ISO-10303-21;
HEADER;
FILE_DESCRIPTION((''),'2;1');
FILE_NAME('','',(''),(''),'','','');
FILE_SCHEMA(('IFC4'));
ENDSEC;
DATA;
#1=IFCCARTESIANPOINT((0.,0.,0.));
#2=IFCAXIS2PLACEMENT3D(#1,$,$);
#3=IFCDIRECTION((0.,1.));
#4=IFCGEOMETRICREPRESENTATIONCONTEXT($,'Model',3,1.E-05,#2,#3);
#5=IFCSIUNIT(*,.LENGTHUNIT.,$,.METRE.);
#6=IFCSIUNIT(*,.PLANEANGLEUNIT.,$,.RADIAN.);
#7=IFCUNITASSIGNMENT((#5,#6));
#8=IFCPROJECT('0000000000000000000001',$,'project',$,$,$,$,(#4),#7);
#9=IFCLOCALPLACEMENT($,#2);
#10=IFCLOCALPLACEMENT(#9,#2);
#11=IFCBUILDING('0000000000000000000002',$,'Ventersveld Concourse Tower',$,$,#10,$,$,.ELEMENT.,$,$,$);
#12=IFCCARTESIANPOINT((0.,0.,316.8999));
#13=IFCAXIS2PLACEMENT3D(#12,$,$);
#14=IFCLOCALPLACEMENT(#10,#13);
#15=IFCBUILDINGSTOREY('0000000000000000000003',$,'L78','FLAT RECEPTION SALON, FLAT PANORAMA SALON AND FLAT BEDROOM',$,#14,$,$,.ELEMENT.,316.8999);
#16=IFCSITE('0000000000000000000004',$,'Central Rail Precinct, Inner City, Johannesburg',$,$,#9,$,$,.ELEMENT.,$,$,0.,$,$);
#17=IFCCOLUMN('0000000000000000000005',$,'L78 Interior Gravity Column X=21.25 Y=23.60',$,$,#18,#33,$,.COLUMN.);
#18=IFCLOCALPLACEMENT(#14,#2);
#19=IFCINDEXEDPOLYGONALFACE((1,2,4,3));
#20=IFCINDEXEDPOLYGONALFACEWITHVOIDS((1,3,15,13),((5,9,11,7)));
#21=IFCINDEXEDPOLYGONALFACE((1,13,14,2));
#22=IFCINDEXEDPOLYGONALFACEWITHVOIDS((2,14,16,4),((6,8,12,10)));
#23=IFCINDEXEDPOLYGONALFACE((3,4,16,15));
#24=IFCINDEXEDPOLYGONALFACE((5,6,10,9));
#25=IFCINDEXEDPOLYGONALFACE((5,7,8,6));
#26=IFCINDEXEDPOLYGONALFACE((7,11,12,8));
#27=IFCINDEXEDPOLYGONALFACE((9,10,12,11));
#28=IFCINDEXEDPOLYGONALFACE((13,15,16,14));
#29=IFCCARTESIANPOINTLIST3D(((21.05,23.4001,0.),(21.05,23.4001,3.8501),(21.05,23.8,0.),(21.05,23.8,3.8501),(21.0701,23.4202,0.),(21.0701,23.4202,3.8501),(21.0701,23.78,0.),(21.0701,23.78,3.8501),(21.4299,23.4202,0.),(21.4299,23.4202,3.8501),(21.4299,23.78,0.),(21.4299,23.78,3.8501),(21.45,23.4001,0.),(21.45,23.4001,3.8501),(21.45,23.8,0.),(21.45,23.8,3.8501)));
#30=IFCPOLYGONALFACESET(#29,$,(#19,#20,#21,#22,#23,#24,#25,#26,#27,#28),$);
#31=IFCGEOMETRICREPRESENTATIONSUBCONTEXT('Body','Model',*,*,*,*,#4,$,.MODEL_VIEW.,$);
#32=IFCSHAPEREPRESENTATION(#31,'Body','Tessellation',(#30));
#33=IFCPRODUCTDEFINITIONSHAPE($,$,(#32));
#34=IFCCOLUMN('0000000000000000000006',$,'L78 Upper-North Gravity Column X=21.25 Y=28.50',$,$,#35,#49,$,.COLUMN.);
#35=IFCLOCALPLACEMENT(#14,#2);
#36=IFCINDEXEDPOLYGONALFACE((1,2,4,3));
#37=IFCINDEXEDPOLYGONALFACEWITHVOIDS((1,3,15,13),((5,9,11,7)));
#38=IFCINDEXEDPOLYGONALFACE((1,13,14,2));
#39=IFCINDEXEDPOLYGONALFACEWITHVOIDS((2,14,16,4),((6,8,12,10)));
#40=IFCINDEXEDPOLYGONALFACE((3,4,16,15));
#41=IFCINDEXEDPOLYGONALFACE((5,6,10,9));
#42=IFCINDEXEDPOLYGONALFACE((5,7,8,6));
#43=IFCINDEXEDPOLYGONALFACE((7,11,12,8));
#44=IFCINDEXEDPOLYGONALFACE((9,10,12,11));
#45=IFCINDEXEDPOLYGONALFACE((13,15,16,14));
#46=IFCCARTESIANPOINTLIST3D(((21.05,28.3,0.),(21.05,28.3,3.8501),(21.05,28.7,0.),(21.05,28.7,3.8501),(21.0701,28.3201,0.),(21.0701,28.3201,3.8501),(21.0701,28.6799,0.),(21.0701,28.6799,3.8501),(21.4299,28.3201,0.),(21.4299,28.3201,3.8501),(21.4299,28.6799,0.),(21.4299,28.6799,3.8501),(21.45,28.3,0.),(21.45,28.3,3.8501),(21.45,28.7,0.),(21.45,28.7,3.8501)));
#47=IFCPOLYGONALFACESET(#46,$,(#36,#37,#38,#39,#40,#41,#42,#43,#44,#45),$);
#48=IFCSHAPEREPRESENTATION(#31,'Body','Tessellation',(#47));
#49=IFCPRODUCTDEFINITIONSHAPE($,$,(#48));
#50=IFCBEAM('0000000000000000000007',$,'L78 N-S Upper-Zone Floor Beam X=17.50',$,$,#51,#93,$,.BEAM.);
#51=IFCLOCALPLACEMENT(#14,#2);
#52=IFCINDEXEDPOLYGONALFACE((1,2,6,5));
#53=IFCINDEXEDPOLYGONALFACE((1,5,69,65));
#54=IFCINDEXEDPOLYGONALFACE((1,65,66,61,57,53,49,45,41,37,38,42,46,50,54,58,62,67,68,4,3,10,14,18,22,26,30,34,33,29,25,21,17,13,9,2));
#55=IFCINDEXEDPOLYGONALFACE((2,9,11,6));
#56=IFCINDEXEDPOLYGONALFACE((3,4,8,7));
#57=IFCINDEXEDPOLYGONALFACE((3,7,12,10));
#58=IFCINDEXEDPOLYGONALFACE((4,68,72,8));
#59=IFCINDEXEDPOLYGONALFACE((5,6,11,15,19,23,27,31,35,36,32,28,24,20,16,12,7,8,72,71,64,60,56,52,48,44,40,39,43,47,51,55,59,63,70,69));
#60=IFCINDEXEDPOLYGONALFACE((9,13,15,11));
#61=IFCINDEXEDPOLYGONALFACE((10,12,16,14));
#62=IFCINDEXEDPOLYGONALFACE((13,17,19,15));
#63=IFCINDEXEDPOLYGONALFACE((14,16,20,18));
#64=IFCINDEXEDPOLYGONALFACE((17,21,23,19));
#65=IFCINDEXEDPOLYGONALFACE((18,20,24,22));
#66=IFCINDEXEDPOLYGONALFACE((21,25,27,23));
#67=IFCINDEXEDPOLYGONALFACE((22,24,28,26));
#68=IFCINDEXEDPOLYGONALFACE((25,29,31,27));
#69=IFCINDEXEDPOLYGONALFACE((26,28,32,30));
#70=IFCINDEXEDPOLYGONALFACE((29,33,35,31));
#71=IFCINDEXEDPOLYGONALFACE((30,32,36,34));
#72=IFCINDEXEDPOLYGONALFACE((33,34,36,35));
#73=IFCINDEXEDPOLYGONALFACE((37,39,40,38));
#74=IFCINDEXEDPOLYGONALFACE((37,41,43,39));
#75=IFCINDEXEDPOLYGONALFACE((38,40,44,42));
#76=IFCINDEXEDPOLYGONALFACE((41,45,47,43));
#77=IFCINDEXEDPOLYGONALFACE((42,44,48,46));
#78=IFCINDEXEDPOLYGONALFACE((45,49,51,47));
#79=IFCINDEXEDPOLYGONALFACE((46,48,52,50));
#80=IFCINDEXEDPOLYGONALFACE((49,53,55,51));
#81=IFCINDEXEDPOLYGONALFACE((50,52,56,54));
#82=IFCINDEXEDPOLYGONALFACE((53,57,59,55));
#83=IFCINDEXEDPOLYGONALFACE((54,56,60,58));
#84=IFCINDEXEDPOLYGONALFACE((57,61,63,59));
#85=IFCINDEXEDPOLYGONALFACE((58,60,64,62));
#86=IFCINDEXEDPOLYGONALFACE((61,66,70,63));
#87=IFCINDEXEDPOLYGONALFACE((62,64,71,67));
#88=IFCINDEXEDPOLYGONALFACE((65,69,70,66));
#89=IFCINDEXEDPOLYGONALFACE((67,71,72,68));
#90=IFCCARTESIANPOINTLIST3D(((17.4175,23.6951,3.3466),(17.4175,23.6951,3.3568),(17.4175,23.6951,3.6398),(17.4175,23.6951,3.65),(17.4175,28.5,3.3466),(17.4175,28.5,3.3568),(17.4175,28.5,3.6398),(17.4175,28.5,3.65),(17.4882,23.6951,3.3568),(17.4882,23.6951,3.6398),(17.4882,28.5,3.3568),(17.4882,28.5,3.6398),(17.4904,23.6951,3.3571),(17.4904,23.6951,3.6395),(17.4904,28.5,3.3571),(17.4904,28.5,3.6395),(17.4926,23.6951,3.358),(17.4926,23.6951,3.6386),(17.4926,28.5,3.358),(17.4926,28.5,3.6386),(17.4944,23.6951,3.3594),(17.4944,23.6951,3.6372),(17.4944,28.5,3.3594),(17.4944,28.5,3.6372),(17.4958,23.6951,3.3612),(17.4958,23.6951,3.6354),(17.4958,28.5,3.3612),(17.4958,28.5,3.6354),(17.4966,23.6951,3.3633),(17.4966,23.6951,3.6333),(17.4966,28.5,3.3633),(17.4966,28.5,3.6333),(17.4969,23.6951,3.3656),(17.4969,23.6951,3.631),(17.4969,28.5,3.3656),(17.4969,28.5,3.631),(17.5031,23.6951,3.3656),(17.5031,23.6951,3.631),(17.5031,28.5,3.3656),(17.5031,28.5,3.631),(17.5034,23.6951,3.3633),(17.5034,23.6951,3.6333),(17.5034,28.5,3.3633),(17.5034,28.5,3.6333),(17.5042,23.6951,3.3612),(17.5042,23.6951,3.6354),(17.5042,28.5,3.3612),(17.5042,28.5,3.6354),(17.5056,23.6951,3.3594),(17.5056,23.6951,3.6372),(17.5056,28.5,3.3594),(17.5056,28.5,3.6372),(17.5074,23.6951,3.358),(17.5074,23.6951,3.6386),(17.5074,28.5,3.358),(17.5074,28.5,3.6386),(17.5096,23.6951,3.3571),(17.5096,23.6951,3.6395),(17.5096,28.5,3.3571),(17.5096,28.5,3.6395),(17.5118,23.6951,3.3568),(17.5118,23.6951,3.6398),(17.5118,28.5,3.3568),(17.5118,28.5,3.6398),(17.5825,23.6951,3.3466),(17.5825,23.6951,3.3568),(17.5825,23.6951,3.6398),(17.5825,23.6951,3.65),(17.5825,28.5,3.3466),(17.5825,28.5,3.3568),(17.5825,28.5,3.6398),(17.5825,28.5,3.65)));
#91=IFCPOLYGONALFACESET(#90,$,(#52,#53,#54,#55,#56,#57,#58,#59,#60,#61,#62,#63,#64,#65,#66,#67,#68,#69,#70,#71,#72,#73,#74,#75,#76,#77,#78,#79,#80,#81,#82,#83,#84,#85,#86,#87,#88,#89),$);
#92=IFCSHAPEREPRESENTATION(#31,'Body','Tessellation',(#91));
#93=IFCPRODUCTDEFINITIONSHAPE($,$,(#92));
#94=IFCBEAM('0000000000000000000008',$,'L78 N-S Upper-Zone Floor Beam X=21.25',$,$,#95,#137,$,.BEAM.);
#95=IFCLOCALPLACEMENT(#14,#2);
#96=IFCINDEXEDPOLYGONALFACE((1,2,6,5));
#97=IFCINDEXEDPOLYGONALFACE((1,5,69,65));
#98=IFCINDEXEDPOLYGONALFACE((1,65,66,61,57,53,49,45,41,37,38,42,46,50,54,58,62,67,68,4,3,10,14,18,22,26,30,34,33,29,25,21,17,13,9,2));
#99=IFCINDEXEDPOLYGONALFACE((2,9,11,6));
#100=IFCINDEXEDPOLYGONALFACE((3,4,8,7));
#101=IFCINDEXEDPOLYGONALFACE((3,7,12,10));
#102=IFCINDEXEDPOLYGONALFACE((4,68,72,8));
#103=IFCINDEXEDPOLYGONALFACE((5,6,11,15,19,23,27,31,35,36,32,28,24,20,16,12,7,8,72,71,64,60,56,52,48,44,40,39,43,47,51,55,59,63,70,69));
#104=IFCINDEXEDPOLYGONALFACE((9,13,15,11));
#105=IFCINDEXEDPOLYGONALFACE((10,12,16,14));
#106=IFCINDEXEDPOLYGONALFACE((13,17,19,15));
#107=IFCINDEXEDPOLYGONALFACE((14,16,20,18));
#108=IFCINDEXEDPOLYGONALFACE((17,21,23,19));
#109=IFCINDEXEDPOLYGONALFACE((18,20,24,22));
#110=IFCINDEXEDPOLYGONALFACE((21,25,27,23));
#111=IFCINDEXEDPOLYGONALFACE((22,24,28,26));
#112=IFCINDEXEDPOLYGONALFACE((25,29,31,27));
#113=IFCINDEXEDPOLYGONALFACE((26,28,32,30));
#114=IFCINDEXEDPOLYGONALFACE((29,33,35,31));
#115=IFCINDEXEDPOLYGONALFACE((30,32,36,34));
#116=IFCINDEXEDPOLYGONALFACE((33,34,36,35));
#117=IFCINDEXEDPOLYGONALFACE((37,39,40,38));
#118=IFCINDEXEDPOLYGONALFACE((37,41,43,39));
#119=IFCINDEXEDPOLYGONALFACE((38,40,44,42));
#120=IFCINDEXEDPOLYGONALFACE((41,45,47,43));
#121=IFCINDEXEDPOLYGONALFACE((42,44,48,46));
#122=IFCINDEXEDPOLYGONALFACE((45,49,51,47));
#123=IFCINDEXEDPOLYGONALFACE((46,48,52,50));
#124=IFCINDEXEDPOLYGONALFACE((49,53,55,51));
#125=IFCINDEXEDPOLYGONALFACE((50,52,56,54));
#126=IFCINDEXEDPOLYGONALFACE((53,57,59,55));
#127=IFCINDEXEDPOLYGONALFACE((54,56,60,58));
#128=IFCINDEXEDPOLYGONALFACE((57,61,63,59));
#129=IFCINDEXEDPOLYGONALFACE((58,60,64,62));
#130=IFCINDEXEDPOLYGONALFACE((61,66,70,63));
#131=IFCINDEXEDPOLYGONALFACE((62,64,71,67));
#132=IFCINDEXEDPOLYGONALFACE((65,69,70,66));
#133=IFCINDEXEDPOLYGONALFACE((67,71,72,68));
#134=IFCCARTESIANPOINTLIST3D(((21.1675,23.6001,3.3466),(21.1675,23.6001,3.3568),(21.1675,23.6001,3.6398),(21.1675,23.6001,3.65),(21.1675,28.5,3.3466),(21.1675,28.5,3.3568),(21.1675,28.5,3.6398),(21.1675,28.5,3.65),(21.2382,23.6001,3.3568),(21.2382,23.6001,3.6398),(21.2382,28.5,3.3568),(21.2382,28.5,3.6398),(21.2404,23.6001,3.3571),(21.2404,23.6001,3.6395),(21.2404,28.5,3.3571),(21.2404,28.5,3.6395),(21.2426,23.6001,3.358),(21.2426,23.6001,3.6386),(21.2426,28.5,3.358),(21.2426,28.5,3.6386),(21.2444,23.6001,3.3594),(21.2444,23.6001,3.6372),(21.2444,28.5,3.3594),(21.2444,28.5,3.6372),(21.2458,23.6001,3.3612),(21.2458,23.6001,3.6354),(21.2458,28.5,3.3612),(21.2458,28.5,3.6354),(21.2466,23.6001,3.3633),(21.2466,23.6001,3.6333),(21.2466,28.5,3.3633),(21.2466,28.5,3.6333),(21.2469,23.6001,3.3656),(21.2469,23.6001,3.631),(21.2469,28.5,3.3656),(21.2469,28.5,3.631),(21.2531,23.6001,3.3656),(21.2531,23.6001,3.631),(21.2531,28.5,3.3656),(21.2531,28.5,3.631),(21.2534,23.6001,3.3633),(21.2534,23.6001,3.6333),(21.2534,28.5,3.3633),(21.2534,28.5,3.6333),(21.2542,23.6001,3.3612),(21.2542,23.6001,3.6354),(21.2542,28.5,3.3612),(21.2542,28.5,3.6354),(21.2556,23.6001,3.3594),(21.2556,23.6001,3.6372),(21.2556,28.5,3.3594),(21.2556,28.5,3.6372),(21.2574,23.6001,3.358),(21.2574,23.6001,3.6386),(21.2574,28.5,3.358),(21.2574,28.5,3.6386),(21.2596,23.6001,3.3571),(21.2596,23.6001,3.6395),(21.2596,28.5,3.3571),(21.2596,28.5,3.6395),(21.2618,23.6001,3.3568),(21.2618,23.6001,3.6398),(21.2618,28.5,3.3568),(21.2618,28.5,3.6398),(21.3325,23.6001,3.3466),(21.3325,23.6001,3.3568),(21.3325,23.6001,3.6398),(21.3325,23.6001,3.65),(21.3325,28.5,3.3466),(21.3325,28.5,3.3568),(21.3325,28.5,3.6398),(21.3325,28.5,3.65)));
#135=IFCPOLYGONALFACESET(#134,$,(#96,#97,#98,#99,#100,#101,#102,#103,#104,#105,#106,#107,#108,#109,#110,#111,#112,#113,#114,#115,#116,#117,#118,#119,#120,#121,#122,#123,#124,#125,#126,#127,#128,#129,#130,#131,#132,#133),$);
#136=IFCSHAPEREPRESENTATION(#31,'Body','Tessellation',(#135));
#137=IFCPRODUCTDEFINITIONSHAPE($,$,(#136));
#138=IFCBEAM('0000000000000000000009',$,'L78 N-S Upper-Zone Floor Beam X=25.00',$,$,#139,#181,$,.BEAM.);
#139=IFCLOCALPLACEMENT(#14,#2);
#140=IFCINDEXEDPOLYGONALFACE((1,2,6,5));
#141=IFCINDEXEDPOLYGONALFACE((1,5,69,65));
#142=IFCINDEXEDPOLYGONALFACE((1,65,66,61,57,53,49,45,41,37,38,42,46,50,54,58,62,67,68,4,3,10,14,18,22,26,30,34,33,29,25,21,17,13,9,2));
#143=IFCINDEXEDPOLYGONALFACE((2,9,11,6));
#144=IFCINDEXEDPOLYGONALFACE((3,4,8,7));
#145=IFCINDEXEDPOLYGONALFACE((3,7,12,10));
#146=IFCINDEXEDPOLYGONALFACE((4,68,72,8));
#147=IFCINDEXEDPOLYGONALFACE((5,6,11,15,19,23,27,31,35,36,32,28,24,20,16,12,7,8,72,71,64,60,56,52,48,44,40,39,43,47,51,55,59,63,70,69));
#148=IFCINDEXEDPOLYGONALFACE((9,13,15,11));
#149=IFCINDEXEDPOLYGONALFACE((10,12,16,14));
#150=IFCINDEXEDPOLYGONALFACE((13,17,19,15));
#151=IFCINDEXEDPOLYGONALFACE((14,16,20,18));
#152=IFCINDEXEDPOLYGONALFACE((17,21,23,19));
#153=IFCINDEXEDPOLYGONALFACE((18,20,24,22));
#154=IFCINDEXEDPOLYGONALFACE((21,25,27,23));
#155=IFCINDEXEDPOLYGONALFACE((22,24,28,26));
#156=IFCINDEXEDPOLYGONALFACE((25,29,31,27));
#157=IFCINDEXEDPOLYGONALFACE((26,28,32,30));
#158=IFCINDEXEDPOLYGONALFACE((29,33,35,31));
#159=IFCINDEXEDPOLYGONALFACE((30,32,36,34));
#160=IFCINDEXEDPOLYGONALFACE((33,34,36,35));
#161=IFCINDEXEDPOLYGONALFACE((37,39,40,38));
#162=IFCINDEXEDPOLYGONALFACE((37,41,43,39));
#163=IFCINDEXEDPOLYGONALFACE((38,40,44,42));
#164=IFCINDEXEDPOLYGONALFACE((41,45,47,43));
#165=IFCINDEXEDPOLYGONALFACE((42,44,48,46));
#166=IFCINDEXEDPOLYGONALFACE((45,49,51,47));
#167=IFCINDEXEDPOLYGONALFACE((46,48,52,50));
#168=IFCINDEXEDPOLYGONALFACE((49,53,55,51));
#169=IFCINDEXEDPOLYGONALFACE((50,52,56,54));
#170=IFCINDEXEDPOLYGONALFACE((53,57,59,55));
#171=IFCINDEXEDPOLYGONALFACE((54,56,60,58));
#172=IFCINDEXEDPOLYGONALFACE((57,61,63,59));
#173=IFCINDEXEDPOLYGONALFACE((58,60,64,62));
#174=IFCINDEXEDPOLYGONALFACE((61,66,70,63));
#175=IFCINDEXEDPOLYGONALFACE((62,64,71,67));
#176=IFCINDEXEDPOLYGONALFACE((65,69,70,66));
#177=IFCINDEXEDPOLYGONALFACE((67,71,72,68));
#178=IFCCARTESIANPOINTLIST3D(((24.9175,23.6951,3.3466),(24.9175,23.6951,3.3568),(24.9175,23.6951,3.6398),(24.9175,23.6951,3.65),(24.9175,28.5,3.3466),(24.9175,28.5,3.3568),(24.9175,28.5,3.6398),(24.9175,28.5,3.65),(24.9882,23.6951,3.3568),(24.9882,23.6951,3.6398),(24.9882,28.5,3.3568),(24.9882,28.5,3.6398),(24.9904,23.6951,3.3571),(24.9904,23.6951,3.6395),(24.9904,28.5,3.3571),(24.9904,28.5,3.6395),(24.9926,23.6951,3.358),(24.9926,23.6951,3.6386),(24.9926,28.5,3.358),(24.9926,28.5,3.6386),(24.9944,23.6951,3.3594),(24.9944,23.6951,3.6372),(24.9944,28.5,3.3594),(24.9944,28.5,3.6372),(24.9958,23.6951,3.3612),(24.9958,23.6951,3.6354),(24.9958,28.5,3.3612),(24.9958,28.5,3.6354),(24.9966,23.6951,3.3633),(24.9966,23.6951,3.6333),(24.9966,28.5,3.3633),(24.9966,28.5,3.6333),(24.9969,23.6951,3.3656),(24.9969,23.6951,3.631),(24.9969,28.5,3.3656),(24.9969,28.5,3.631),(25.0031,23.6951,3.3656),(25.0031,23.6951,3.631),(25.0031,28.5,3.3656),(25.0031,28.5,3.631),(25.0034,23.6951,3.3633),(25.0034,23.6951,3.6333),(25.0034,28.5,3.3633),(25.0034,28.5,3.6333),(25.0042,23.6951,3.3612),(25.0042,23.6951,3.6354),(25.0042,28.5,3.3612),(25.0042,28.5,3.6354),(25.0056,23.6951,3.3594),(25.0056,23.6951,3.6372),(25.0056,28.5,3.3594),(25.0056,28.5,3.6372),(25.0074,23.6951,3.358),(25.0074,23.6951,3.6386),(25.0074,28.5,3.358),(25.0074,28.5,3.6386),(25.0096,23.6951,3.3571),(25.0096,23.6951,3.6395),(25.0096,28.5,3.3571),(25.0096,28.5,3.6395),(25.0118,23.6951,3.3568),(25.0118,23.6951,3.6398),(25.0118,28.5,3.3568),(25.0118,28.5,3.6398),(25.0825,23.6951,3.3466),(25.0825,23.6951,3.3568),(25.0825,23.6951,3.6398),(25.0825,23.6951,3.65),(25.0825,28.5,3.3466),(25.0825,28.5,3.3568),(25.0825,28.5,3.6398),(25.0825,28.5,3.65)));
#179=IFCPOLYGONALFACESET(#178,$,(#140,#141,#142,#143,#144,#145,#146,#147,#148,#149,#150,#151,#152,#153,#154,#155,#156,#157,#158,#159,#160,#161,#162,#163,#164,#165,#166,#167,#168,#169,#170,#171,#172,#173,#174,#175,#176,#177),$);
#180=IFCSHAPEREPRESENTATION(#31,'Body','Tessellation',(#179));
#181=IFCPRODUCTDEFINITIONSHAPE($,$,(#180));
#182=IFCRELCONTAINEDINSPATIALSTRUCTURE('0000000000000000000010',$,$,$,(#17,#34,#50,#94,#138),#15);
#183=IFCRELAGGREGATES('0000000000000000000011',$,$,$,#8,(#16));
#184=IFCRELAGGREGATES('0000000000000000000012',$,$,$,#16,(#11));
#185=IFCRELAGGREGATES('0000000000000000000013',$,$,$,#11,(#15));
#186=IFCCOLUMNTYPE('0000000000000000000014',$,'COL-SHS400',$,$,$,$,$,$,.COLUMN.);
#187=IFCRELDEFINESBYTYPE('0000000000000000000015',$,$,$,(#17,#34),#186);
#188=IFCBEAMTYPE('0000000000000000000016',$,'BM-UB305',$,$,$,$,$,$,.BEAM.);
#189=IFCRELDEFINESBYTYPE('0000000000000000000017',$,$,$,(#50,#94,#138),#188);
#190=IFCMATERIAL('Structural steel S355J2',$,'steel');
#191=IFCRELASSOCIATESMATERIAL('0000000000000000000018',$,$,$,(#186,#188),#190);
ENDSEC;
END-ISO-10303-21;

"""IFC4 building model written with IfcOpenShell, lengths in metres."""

from ifc_helpers import new_model, si_unit, direction, frame, origin, origin_2d, place, context, subcontext, project, spatial, hollow_rectangle, i_section, extrude, material, material_profile, profile_set, type_object, element, save


model = new_model("IFC4")

# Units and contexts
model_context = context("Model", 3, precision=1e-05, world=origin(), true_north=direction((0.0, 1.0)))
body_context = subcontext(model_context, "Body", "Model", "MODEL_VIEW")
ifc_project = project(units=[si_unit("LENGTHUNIT", "METRE"), si_unit("PLANEANGLEUNIT", "RADIAN")], contexts=[model_context])

# Site, building, storey
site_placement = place(None, origin())
site = spatial("IfcSite", under=ifc_project, at=site_placement, Name="Central Rail Precinct, Inner City, Johannesburg", CompositionType="ELEMENT", RefElevation=0.0)
building_placement = place(site_placement, origin())
building = spatial("IfcBuilding", under=site, at=building_placement, Name="Ventersveld Concourse Tower", CompositionType="ELEMENT")
storey_placement = place(building_placement, frame((0.0, 0.0, 316.8999)))
storey = spatial("IfcBuildingStorey", under=building, at=storey_placement, Name="L78", Description="FLAT RECEPTION SALON, FLAT PANORAMA SALON AND FLAT BEDROOM", CompositionType="ELEMENT", Elevation=316.8999)

# Columns
ifc_material_1 = material(Name="Structural steel S355J2", Category="steel")
ifc_material_profile_1 = material_profile(ifc_material_1, hollow_rectangle(XDim=0.3999, YDim=0.3999, WallThickness=0.02, at=origin_2d()), Name="SHS 400x400x20")
ifc_profile_set_1 = profile_set([ifc_material_profile_1], Name="Structural steel S355J2")
column_type = type_object("IfcColumnType", Name="COL-SHS400", PredefinedType="COLUMN", material=ifc_profile_set_1)
for number, where, z_axis, x_axis, name in (
    (1, (21.25, 23.6001, 0.0), (0.0, 0.0, 1.0), (1.0, 0.0, 0.0), "L78 Interior Gravity Column X=21.25 Y=23.60"),
    (2, (21.25, 28.5, 0.0), (0.0, 0.0, 1.0), (1.0, 0.0, 0.0), "L78 Upper-North Gravity Column X=21.25 Y=28.50"),
):
    element("IfcColumn", number, at=place(storey_placement, frame(where, z_axis=z_axis, x_axis=x_axis)), inside=storey, type_object=column_type, Name=name, PredefinedType="COLUMN", context=body_context, shape_type="SweptSolid", body=[
        extrude(hollow_rectangle(XDim=0.3999, YDim=0.3999, WallThickness=0.02, at=origin_2d()), origin(), (0.0, 0.0, 1.0), 3.8501),
    ])

# Beams
ifc_material_profile_2 = material_profile(ifc_material_1, i_section(OverallWidth=0.165, OverallDepth=0.3035, WebThickness=0.0061, FlangeThickness=0.0103, FilletRadius=0.0088, at=origin_2d()), Name="UB 305x165x40")
ifc_profile_set_2 = profile_set([ifc_material_profile_2], Name="Structural steel S355J2")
beam_type_1 = type_object("IfcBeamType", Name="BM-UB305", PredefinedType="BEAM", material=ifc_profile_set_2)
beam_1_placement = place(storey_placement, frame((17.5, 23.6951, 3.4983), z_axis=(0.0, 1.0, 0.0), x_axis=(-1.0, 0.0, 0.0)))
element("IfcBeam", 3, at=beam_1_placement, inside=storey, type_object=beam_type_1, Name="L78 N-S Upper-Zone Floor Beam X=17.50", PredefinedType="BEAM", context=body_context, shape_type="SweptSolid", body=[
    extrude(i_section(OverallWidth=0.165, OverallDepth=0.3035, WebThickness=0.0061, FlangeThickness=0.0103, FilletRadius=0.0088, at=origin_2d()), origin(), (0.0, 0.0, 1.0), 4.8049),
])
beam_2_placement = place(storey_placement, frame((21.25, 23.6001, 3.4983), z_axis=(0.0, 1.0, 0.0), x_axis=(-1.0, 0.0, 0.0)))
element("IfcBeam", 4, at=beam_2_placement, inside=storey, type_object=beam_type_1, Name="L78 N-S Upper-Zone Floor Beam X=21.25", PredefinedType="BEAM", context=body_context, shape_type="SweptSolid", body=[
    extrude(i_section(OverallWidth=0.165, OverallDepth=0.3035, WebThickness=0.0061, FlangeThickness=0.0103, FilletRadius=0.0088, at=origin_2d()), origin(), (0.0, 0.0, 1.0), 4.8999),
])
beam_3_placement = place(storey_placement, frame((25.0, 23.6951, 3.4983), z_axis=(0.0, 1.0, 0.0), x_axis=(-1.0, 0.0, 0.0)))
element("IfcBeam", 5, at=beam_3_placement, inside=storey, type_object=beam_type_1, Name="L78 N-S Upper-Zone Floor Beam X=25.00", PredefinedType="BEAM", context=body_context, shape_type="SweptSolid", body=[
    extrude(i_section(OverallWidth=0.165, OverallDepth=0.3035, WebThickness=0.0061, FlangeThickness=0.0103, FilletRadius=0.0088, at=origin_2d()), origin(), (0.0, 0.0, 1.0), 4.8049),
])

save(model, "model.ifc")
